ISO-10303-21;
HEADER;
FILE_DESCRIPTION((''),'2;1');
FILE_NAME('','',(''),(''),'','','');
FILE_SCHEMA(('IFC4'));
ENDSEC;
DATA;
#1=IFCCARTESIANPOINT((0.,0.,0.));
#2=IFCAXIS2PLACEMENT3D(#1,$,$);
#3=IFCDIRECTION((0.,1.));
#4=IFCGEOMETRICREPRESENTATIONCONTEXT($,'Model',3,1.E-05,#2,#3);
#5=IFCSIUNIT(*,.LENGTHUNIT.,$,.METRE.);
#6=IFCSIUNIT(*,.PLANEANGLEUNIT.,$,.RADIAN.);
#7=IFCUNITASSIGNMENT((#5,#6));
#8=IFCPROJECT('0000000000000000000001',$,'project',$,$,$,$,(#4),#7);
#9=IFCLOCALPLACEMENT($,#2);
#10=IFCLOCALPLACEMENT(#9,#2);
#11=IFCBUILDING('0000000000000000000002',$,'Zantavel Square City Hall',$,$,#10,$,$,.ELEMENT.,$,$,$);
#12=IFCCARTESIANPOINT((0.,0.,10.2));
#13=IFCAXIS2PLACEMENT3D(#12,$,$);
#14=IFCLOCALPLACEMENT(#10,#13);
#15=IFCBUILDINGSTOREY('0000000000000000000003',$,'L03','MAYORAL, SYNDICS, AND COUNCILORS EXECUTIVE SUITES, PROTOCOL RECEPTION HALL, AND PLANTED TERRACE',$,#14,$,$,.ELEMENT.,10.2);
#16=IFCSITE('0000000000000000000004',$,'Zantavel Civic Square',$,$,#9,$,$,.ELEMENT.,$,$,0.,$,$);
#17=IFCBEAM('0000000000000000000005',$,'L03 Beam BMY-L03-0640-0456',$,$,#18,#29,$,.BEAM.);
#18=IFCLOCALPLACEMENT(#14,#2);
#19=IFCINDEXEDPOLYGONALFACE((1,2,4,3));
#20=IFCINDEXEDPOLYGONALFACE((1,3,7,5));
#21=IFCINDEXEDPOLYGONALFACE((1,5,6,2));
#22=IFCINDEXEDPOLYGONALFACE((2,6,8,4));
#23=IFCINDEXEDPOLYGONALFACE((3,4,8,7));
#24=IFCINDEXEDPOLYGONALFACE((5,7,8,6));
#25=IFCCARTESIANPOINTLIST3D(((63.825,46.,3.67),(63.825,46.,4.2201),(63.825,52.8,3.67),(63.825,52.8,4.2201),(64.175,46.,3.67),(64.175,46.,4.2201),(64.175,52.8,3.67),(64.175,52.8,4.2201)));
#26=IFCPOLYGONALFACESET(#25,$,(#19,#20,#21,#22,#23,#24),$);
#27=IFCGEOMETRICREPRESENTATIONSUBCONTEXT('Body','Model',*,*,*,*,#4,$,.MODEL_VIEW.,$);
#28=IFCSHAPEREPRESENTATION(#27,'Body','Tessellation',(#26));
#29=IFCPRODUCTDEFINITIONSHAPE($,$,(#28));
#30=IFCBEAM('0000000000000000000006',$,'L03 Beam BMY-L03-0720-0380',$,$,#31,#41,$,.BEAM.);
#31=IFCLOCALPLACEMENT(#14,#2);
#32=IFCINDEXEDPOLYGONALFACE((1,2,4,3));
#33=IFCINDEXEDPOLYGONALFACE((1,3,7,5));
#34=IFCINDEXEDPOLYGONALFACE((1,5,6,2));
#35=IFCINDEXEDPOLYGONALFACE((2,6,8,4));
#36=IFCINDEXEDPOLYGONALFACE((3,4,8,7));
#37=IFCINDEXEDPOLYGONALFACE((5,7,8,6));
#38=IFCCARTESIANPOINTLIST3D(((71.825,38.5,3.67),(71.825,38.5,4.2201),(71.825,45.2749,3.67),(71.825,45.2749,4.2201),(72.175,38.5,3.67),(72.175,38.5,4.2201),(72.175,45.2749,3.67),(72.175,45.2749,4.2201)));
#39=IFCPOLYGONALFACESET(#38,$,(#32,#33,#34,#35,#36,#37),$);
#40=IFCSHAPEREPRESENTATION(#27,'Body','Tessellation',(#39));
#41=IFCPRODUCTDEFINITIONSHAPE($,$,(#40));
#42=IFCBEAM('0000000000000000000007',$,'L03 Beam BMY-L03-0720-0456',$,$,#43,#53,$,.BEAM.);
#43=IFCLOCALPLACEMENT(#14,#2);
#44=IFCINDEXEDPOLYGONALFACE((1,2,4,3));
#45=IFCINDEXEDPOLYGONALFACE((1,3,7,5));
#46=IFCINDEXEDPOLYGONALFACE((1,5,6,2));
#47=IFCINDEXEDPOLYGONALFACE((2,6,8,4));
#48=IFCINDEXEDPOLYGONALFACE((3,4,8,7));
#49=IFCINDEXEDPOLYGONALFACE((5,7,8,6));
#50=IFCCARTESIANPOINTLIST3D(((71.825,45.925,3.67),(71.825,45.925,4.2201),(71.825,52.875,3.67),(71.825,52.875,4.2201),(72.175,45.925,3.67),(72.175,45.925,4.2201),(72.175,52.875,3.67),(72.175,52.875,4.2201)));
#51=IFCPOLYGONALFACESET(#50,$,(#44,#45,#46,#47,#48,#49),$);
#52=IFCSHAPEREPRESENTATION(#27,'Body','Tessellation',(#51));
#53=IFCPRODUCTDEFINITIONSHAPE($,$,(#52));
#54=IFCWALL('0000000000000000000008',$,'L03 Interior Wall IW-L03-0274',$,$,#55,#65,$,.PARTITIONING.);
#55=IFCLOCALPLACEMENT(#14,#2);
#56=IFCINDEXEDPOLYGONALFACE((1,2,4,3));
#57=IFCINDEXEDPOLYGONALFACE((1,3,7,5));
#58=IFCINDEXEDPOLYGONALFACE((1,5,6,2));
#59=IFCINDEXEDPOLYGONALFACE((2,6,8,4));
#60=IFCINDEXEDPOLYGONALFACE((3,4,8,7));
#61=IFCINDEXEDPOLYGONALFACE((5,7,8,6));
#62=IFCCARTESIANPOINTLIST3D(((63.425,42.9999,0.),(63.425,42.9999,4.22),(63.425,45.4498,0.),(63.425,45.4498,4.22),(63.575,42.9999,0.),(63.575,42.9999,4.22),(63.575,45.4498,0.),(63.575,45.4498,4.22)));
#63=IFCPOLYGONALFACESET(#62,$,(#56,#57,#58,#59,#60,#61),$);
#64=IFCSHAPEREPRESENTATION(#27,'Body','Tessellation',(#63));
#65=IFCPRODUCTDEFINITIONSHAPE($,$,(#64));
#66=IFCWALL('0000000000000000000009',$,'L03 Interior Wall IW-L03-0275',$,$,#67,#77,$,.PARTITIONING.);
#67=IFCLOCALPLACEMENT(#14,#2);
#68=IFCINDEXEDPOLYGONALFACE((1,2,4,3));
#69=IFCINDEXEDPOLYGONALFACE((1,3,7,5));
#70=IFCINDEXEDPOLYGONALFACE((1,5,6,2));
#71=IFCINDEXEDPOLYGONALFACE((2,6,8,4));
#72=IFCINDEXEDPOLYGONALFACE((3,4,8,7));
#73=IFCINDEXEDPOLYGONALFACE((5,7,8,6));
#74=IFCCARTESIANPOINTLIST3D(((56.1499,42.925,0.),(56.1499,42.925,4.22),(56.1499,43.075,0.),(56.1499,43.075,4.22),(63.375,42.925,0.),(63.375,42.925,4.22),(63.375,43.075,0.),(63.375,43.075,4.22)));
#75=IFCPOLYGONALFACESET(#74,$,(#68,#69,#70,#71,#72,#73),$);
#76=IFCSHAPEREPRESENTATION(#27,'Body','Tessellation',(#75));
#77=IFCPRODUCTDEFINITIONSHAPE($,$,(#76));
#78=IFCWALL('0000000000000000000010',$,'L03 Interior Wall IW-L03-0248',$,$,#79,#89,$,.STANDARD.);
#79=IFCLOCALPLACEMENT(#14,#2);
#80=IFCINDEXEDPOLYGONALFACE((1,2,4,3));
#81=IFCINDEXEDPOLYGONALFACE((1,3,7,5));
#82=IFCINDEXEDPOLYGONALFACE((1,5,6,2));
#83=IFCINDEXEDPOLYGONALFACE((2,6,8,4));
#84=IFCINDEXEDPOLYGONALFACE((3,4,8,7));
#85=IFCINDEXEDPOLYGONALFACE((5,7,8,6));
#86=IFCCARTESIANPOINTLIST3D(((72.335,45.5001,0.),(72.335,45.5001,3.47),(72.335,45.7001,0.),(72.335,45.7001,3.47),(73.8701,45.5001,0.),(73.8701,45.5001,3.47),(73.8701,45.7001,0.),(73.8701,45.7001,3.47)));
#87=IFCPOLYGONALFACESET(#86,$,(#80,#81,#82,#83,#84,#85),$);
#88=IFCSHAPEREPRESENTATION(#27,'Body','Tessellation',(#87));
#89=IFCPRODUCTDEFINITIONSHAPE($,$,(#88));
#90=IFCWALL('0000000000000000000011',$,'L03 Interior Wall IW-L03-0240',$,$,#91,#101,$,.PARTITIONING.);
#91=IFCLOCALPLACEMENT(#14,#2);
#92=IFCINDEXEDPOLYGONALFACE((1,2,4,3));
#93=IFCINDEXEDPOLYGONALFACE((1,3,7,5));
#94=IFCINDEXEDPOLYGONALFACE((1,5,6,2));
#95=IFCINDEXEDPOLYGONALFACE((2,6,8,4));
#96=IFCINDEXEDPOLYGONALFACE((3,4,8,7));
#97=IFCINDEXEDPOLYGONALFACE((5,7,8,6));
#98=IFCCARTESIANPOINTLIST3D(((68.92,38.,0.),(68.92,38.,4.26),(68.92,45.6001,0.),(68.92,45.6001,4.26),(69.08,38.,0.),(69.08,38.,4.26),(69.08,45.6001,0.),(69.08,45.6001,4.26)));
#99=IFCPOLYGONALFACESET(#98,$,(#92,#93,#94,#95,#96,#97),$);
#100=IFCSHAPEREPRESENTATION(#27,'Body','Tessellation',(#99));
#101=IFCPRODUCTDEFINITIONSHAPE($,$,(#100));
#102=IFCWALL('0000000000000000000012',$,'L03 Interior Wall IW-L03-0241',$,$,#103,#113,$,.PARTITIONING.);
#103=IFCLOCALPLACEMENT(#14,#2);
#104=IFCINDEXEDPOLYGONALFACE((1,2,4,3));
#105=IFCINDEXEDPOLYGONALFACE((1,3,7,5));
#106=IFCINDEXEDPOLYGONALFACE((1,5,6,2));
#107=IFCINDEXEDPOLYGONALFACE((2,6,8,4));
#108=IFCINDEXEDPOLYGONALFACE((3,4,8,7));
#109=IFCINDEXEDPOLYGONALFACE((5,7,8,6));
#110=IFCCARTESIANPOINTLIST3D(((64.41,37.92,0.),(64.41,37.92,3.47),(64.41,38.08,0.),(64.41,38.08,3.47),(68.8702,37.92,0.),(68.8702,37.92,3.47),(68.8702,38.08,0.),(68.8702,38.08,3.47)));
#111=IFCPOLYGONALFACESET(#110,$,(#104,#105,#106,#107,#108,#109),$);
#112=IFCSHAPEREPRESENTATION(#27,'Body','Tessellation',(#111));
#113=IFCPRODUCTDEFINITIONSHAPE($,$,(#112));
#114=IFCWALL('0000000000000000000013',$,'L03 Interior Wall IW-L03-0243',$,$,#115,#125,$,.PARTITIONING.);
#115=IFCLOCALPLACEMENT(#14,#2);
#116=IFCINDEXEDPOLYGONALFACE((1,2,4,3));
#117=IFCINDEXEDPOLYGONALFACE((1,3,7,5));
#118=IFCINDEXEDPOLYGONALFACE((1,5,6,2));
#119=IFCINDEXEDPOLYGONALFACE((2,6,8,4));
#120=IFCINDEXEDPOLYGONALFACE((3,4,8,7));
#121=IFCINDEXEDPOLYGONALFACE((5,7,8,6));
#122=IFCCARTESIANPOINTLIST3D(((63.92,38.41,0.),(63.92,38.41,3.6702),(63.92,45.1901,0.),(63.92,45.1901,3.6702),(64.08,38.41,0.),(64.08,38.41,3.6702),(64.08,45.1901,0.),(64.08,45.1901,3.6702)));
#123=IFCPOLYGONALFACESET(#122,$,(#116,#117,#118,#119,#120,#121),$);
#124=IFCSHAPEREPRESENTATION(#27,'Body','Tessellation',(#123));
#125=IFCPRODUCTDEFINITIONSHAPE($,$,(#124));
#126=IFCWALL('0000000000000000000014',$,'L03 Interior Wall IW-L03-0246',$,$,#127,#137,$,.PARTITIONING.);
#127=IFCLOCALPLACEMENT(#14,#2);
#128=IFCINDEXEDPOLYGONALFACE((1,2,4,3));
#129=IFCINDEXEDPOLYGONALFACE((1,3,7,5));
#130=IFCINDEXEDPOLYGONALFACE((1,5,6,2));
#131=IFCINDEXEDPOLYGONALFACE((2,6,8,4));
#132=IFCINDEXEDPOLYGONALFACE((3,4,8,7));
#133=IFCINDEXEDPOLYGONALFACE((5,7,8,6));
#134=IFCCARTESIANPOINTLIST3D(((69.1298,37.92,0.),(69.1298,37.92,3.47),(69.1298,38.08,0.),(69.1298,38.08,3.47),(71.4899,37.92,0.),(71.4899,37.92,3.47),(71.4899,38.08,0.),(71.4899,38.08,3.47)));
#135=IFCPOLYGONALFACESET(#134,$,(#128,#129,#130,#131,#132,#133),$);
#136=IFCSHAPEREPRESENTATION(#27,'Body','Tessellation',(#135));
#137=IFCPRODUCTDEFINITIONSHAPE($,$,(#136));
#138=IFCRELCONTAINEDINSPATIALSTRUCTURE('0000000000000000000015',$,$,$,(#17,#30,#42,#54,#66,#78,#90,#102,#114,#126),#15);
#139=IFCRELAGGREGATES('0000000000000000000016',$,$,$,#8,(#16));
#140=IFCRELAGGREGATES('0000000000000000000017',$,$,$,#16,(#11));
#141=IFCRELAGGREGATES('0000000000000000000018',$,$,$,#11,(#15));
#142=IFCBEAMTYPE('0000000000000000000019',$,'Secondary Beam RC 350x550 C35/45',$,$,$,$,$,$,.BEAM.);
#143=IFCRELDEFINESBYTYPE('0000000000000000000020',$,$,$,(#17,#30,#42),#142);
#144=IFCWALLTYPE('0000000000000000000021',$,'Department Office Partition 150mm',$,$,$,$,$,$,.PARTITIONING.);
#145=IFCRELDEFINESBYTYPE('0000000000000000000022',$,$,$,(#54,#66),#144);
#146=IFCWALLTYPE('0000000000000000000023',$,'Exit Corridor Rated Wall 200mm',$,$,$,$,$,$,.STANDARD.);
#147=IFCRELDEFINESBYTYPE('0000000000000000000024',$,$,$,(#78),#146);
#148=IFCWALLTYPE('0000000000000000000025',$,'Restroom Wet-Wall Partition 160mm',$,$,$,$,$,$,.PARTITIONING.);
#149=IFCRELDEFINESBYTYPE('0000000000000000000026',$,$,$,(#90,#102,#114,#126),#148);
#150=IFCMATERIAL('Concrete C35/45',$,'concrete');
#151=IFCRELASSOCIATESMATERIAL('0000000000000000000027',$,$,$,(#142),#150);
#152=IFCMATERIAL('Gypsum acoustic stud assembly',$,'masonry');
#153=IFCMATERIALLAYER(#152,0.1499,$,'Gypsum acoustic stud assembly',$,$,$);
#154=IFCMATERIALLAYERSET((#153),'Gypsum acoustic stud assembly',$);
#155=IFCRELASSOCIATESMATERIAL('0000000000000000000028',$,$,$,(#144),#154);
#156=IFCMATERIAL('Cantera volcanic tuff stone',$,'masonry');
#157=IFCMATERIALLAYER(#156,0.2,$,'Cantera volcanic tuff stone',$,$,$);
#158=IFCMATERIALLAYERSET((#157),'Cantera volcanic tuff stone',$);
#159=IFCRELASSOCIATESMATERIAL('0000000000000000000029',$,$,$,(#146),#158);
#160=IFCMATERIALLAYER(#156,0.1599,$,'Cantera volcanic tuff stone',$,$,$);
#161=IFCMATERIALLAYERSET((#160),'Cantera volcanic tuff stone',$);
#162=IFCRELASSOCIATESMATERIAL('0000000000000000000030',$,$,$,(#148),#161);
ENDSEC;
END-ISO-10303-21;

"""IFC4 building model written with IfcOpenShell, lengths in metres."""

from ifc_helpers import new_model, si_unit, direction, frame, frame_2d, origin, origin_2d, place, context, subcontext, project, spatial, rectangle, extrude, material, layer, layer_set, material_profile, profile_set, type_object, element, save


model = new_model("IFC4")

# Units and contexts
model_context = context("Model", 3, precision=1e-05, world=origin(), true_north=direction((0.0, 1.0)))
body_context = subcontext(model_context, "Body", "Model", "MODEL_VIEW")
ifc_project = project(units=[si_unit("LENGTHUNIT", "METRE"), si_unit("PLANEANGLEUNIT", "RADIAN")], contexts=[model_context])

# Site, building, storey
site_placement = place(None, origin())
site = spatial("IfcSite", under=ifc_project, at=site_placement, Name="Zantavel Civic Square", CompositionType="ELEMENT", RefElevation=0.0)
building_placement = place(site_placement, origin())
building = spatial("IfcBuilding", under=site, at=building_placement, Name="Zantavel Square City Hall", CompositionType="ELEMENT")
storey_placement = place(building_placement, frame((0.0, 0.0, 10.2)))
storey = spatial("IfcBuildingStorey", under=building, at=storey_placement, Name="L03", Description="MAYORAL, SYNDICS, AND COUNCILORS EXECUTIVE SUITES, PROTOCOL RECEPTION HALL, AND PLANTED TERRACE", CompositionType="ELEMENT", Elevation=10.2)

# Beams
ifc_material_1 = material(Name="Concrete C35/45", Category="concrete")
ifc_material_profile_1 = material_profile(ifc_material_1, rectangle(XDim=0.3501, YDim=0.55, at=origin_2d()), Name="RC 350x550")
ifc_profile_set_1 = profile_set([ifc_material_profile_1], Name="Concrete C35/45")
beam_type_1 = type_object("IfcBeamType", Name="Secondary Beam RC 350x550 C35/45", PredefinedType="BEAM", material=ifc_profile_set_1)
for number, where, z_axis, x_axis, name in (
    (1, (64.0, 46.0, 3.9451), (0.0, 1.0, 0.0), (-1.0, 0.0, 0.0), "L03 Beam BMY-L03-0640-0456"),
):
    element("IfcBeam", number, at=place(storey_placement, frame(where, z_axis=z_axis, x_axis=x_axis)), inside=storey, type_object=beam_type_1, Name=name, PredefinedType="BEAM", context=body_context, shape_type="SweptSolid", body=[
        extrude(rectangle(XDim=0.3501, YDim=0.55, at=origin_2d()), origin(), (0.0, 0.0, 1.0), 6.8),
    ])
beam_1_placement = place(storey_placement, frame((72.0, 38.5, 3.9451), z_axis=(0.0, 1.0, 0.0), x_axis=(-1.0, 0.0, 0.0)))
element("IfcBeam", 2, at=beam_1_placement, inside=storey, type_object=beam_type_1, Name="L03 Beam BMY-L03-0720-0380", PredefinedType="BEAM", context=body_context, shape_type="SweptSolid", body=[
    extrude(rectangle(XDim=0.3501, YDim=0.55, at=origin_2d()), origin(), (0.0, 0.0, 1.0), 6.7749),
])
beam_2_placement = place(storey_placement, frame((72.0, 45.925, 3.9451), z_axis=(0.0, 1.0, 0.0), x_axis=(-1.0, 0.0, 0.0)))
element("IfcBeam", 3, at=beam_2_placement, inside=storey, type_object=beam_type_1, Name="L03 Beam BMY-L03-0720-0456", PredefinedType="BEAM", context=body_context, shape_type="SweptSolid", body=[
    extrude(rectangle(XDim=0.3501, YDim=0.55, at=origin_2d()), origin(), (0.0, 0.0, 1.0), 6.95),
])

# Walls
ifc_material_2 = material(Name="Gypsum acoustic stud assembly", Category="masonry")
ifc_layer_1 = layer(ifc_material_2, 0.1499, Name="Gypsum acoustic stud assembly")
ifc_layer_set_1 = layer_set([ifc_layer_1], Name="Gypsum acoustic stud assembly")
wall_type_1 = type_object("IfcWallType", Name="Department Office Partition 150mm", PredefinedType="PARTITIONING", material=ifc_layer_set_1)
wall_1_placement = place(storey_placement, frame((63.5, 45.45, 0.0), z_axis=(0.0, 0.0, 1.0), x_axis=(0.0, -1.0, 0.0)))
element("IfcWall", 4, at=wall_1_placement, inside=storey, type_object=wall_type_1, Name="L03 Interior Wall IW-L03-0274", PredefinedType="PARTITIONING", context=body_context, shape_type="SweptSolid", body=[
    extrude(rectangle(XDim=2.45, YDim=0.1499, at=frame_2d((1.2251, 0.0))), origin(), (0.0, 0.0, 1.0), 4.22),
])
wall_2_placement = place(storey_placement, frame((63.375, 43.0, 0.0), z_axis=(0.0, 0.0, 1.0), x_axis=(-1.0, 0.0, 0.0)))
element("IfcWall", 5, at=wall_2_placement, inside=storey, type_object=wall_type_1, Name="L03 Interior Wall IW-L03-0275", PredefinedType="PARTITIONING", context=body_context, shape_type="SweptSolid", body=[
    extrude(rectangle(XDim=7.2251, YDim=0.1499, at=frame_2d((3.6125, 0.0))), origin(), (0.0, 0.0, 1.0), 4.22),
])

# Shared definitions
ifc_material_3 = material(Name="Cantera volcanic tuff stone", Category="masonry")
ifc_layer_2 = layer(ifc_material_3, 0.2, Name="Cantera volcanic tuff stone")
ifc_layer_set_2 = layer_set([ifc_layer_2], Name="Cantera volcanic tuff stone")
wall_type_2 = type_object("IfcWallType", Name="Exit Corridor Rated Wall 200mm", PredefinedType="STANDARD", material=ifc_layer_set_2)

# Walls
wall_3_placement = place(storey_placement, frame((72.335, 45.6001, 0.0), z_axis=(0.0, 0.0, 1.0), x_axis=(1.0, 0.0, 0.0)))
element("IfcWall", 6, at=wall_3_placement, inside=storey, type_object=wall_type_2, Name="L03 Interior Wall IW-L03-0248", PredefinedType="STANDARD", context=body_context, shape_type="SweptSolid", body=[
    extrude(rectangle(XDim=1.5352, YDim=0.2, at=frame_2d((0.7676, 0.0))), origin(), (0.0, 0.0, 1.0), 3.47),
])
ifc_layer_3 = layer(ifc_material_3, 0.1599, Name="Cantera volcanic tuff stone")
ifc_layer_set_3 = layer_set([ifc_layer_3], Name="Cantera volcanic tuff stone")
wall_type_3 = type_object("IfcWallType", Name="Restroom Wet-Wall Partition 160mm", PredefinedType="PARTITIONING", material=ifc_layer_set_3)
wall_4_placement = place(storey_placement, frame((69.0, 45.6001, 0.0), z_axis=(0.0, 0.0, 1.0), x_axis=(0.0, -1.0, 0.0)))
element("IfcWall", 7, at=wall_4_placement, inside=storey, type_object=wall_type_3, Name="L03 Interior Wall IW-L03-0240", PredefinedType="PARTITIONING", context=body_context, shape_type="SweptSolid", body=[
    extrude(rectangle(XDim=7.6001, YDim=0.1599, at=frame_2d((3.8, 0.0))), origin(), (0.0, 0.0, 1.0), 4.26),
])
wall_5_placement = place(storey_placement, frame((68.8701, 38.0, 0.0), z_axis=(0.0, 0.0, 1.0), x_axis=(-1.0, 0.0, 0.0)))
element("IfcWall", 8, at=wall_5_placement, inside=storey, type_object=wall_type_3, Name="L03 Interior Wall IW-L03-0241", PredefinedType="PARTITIONING", context=body_context, shape_type="SweptSolid", body=[
    extrude(rectangle(XDim=4.4602, YDim=0.1599, at=frame_2d((2.23, 0.0))), origin(), (0.0, 0.0, 1.0), 3.47),
])
wall_6_placement = place(storey_placement, frame((64.0, 38.4099, 0.0), z_axis=(0.0, 0.0, 1.0), x_axis=(0.0, 1.0, 0.0)))
element("IfcWall", 9, at=wall_6_placement, inside=storey, type_object=wall_type_3, Name="L03 Interior Wall IW-L03-0243", PredefinedType="PARTITIONING", context=body_context, shape_type="SweptSolid", body=[
    extrude(rectangle(XDim=6.78, YDim=0.1599, at=frame_2d((3.3901, 0.0))), origin(), (0.0, 0.0, 1.0), 3.6702),
])
wall_7_placement = place(storey_placement, frame((71.49, 38.0, 0.0), z_axis=(0.0, 0.0, 1.0), x_axis=(-1.0, 0.0, 0.0)))
element("IfcWall", 10, at=wall_7_placement, inside=storey, type_object=wall_type_3, Name="L03 Interior Wall IW-L03-0246", PredefinedType="PARTITIONING", context=body_context, shape_type="SweptSolid", body=[
    extrude(rectangle(XDim=2.3601, YDim=0.1599, at=frame_2d((1.1802, 0.0))), origin(), (0.0, 0.0, 1.0), 3.47),
])

save(model, "model.ifc")
